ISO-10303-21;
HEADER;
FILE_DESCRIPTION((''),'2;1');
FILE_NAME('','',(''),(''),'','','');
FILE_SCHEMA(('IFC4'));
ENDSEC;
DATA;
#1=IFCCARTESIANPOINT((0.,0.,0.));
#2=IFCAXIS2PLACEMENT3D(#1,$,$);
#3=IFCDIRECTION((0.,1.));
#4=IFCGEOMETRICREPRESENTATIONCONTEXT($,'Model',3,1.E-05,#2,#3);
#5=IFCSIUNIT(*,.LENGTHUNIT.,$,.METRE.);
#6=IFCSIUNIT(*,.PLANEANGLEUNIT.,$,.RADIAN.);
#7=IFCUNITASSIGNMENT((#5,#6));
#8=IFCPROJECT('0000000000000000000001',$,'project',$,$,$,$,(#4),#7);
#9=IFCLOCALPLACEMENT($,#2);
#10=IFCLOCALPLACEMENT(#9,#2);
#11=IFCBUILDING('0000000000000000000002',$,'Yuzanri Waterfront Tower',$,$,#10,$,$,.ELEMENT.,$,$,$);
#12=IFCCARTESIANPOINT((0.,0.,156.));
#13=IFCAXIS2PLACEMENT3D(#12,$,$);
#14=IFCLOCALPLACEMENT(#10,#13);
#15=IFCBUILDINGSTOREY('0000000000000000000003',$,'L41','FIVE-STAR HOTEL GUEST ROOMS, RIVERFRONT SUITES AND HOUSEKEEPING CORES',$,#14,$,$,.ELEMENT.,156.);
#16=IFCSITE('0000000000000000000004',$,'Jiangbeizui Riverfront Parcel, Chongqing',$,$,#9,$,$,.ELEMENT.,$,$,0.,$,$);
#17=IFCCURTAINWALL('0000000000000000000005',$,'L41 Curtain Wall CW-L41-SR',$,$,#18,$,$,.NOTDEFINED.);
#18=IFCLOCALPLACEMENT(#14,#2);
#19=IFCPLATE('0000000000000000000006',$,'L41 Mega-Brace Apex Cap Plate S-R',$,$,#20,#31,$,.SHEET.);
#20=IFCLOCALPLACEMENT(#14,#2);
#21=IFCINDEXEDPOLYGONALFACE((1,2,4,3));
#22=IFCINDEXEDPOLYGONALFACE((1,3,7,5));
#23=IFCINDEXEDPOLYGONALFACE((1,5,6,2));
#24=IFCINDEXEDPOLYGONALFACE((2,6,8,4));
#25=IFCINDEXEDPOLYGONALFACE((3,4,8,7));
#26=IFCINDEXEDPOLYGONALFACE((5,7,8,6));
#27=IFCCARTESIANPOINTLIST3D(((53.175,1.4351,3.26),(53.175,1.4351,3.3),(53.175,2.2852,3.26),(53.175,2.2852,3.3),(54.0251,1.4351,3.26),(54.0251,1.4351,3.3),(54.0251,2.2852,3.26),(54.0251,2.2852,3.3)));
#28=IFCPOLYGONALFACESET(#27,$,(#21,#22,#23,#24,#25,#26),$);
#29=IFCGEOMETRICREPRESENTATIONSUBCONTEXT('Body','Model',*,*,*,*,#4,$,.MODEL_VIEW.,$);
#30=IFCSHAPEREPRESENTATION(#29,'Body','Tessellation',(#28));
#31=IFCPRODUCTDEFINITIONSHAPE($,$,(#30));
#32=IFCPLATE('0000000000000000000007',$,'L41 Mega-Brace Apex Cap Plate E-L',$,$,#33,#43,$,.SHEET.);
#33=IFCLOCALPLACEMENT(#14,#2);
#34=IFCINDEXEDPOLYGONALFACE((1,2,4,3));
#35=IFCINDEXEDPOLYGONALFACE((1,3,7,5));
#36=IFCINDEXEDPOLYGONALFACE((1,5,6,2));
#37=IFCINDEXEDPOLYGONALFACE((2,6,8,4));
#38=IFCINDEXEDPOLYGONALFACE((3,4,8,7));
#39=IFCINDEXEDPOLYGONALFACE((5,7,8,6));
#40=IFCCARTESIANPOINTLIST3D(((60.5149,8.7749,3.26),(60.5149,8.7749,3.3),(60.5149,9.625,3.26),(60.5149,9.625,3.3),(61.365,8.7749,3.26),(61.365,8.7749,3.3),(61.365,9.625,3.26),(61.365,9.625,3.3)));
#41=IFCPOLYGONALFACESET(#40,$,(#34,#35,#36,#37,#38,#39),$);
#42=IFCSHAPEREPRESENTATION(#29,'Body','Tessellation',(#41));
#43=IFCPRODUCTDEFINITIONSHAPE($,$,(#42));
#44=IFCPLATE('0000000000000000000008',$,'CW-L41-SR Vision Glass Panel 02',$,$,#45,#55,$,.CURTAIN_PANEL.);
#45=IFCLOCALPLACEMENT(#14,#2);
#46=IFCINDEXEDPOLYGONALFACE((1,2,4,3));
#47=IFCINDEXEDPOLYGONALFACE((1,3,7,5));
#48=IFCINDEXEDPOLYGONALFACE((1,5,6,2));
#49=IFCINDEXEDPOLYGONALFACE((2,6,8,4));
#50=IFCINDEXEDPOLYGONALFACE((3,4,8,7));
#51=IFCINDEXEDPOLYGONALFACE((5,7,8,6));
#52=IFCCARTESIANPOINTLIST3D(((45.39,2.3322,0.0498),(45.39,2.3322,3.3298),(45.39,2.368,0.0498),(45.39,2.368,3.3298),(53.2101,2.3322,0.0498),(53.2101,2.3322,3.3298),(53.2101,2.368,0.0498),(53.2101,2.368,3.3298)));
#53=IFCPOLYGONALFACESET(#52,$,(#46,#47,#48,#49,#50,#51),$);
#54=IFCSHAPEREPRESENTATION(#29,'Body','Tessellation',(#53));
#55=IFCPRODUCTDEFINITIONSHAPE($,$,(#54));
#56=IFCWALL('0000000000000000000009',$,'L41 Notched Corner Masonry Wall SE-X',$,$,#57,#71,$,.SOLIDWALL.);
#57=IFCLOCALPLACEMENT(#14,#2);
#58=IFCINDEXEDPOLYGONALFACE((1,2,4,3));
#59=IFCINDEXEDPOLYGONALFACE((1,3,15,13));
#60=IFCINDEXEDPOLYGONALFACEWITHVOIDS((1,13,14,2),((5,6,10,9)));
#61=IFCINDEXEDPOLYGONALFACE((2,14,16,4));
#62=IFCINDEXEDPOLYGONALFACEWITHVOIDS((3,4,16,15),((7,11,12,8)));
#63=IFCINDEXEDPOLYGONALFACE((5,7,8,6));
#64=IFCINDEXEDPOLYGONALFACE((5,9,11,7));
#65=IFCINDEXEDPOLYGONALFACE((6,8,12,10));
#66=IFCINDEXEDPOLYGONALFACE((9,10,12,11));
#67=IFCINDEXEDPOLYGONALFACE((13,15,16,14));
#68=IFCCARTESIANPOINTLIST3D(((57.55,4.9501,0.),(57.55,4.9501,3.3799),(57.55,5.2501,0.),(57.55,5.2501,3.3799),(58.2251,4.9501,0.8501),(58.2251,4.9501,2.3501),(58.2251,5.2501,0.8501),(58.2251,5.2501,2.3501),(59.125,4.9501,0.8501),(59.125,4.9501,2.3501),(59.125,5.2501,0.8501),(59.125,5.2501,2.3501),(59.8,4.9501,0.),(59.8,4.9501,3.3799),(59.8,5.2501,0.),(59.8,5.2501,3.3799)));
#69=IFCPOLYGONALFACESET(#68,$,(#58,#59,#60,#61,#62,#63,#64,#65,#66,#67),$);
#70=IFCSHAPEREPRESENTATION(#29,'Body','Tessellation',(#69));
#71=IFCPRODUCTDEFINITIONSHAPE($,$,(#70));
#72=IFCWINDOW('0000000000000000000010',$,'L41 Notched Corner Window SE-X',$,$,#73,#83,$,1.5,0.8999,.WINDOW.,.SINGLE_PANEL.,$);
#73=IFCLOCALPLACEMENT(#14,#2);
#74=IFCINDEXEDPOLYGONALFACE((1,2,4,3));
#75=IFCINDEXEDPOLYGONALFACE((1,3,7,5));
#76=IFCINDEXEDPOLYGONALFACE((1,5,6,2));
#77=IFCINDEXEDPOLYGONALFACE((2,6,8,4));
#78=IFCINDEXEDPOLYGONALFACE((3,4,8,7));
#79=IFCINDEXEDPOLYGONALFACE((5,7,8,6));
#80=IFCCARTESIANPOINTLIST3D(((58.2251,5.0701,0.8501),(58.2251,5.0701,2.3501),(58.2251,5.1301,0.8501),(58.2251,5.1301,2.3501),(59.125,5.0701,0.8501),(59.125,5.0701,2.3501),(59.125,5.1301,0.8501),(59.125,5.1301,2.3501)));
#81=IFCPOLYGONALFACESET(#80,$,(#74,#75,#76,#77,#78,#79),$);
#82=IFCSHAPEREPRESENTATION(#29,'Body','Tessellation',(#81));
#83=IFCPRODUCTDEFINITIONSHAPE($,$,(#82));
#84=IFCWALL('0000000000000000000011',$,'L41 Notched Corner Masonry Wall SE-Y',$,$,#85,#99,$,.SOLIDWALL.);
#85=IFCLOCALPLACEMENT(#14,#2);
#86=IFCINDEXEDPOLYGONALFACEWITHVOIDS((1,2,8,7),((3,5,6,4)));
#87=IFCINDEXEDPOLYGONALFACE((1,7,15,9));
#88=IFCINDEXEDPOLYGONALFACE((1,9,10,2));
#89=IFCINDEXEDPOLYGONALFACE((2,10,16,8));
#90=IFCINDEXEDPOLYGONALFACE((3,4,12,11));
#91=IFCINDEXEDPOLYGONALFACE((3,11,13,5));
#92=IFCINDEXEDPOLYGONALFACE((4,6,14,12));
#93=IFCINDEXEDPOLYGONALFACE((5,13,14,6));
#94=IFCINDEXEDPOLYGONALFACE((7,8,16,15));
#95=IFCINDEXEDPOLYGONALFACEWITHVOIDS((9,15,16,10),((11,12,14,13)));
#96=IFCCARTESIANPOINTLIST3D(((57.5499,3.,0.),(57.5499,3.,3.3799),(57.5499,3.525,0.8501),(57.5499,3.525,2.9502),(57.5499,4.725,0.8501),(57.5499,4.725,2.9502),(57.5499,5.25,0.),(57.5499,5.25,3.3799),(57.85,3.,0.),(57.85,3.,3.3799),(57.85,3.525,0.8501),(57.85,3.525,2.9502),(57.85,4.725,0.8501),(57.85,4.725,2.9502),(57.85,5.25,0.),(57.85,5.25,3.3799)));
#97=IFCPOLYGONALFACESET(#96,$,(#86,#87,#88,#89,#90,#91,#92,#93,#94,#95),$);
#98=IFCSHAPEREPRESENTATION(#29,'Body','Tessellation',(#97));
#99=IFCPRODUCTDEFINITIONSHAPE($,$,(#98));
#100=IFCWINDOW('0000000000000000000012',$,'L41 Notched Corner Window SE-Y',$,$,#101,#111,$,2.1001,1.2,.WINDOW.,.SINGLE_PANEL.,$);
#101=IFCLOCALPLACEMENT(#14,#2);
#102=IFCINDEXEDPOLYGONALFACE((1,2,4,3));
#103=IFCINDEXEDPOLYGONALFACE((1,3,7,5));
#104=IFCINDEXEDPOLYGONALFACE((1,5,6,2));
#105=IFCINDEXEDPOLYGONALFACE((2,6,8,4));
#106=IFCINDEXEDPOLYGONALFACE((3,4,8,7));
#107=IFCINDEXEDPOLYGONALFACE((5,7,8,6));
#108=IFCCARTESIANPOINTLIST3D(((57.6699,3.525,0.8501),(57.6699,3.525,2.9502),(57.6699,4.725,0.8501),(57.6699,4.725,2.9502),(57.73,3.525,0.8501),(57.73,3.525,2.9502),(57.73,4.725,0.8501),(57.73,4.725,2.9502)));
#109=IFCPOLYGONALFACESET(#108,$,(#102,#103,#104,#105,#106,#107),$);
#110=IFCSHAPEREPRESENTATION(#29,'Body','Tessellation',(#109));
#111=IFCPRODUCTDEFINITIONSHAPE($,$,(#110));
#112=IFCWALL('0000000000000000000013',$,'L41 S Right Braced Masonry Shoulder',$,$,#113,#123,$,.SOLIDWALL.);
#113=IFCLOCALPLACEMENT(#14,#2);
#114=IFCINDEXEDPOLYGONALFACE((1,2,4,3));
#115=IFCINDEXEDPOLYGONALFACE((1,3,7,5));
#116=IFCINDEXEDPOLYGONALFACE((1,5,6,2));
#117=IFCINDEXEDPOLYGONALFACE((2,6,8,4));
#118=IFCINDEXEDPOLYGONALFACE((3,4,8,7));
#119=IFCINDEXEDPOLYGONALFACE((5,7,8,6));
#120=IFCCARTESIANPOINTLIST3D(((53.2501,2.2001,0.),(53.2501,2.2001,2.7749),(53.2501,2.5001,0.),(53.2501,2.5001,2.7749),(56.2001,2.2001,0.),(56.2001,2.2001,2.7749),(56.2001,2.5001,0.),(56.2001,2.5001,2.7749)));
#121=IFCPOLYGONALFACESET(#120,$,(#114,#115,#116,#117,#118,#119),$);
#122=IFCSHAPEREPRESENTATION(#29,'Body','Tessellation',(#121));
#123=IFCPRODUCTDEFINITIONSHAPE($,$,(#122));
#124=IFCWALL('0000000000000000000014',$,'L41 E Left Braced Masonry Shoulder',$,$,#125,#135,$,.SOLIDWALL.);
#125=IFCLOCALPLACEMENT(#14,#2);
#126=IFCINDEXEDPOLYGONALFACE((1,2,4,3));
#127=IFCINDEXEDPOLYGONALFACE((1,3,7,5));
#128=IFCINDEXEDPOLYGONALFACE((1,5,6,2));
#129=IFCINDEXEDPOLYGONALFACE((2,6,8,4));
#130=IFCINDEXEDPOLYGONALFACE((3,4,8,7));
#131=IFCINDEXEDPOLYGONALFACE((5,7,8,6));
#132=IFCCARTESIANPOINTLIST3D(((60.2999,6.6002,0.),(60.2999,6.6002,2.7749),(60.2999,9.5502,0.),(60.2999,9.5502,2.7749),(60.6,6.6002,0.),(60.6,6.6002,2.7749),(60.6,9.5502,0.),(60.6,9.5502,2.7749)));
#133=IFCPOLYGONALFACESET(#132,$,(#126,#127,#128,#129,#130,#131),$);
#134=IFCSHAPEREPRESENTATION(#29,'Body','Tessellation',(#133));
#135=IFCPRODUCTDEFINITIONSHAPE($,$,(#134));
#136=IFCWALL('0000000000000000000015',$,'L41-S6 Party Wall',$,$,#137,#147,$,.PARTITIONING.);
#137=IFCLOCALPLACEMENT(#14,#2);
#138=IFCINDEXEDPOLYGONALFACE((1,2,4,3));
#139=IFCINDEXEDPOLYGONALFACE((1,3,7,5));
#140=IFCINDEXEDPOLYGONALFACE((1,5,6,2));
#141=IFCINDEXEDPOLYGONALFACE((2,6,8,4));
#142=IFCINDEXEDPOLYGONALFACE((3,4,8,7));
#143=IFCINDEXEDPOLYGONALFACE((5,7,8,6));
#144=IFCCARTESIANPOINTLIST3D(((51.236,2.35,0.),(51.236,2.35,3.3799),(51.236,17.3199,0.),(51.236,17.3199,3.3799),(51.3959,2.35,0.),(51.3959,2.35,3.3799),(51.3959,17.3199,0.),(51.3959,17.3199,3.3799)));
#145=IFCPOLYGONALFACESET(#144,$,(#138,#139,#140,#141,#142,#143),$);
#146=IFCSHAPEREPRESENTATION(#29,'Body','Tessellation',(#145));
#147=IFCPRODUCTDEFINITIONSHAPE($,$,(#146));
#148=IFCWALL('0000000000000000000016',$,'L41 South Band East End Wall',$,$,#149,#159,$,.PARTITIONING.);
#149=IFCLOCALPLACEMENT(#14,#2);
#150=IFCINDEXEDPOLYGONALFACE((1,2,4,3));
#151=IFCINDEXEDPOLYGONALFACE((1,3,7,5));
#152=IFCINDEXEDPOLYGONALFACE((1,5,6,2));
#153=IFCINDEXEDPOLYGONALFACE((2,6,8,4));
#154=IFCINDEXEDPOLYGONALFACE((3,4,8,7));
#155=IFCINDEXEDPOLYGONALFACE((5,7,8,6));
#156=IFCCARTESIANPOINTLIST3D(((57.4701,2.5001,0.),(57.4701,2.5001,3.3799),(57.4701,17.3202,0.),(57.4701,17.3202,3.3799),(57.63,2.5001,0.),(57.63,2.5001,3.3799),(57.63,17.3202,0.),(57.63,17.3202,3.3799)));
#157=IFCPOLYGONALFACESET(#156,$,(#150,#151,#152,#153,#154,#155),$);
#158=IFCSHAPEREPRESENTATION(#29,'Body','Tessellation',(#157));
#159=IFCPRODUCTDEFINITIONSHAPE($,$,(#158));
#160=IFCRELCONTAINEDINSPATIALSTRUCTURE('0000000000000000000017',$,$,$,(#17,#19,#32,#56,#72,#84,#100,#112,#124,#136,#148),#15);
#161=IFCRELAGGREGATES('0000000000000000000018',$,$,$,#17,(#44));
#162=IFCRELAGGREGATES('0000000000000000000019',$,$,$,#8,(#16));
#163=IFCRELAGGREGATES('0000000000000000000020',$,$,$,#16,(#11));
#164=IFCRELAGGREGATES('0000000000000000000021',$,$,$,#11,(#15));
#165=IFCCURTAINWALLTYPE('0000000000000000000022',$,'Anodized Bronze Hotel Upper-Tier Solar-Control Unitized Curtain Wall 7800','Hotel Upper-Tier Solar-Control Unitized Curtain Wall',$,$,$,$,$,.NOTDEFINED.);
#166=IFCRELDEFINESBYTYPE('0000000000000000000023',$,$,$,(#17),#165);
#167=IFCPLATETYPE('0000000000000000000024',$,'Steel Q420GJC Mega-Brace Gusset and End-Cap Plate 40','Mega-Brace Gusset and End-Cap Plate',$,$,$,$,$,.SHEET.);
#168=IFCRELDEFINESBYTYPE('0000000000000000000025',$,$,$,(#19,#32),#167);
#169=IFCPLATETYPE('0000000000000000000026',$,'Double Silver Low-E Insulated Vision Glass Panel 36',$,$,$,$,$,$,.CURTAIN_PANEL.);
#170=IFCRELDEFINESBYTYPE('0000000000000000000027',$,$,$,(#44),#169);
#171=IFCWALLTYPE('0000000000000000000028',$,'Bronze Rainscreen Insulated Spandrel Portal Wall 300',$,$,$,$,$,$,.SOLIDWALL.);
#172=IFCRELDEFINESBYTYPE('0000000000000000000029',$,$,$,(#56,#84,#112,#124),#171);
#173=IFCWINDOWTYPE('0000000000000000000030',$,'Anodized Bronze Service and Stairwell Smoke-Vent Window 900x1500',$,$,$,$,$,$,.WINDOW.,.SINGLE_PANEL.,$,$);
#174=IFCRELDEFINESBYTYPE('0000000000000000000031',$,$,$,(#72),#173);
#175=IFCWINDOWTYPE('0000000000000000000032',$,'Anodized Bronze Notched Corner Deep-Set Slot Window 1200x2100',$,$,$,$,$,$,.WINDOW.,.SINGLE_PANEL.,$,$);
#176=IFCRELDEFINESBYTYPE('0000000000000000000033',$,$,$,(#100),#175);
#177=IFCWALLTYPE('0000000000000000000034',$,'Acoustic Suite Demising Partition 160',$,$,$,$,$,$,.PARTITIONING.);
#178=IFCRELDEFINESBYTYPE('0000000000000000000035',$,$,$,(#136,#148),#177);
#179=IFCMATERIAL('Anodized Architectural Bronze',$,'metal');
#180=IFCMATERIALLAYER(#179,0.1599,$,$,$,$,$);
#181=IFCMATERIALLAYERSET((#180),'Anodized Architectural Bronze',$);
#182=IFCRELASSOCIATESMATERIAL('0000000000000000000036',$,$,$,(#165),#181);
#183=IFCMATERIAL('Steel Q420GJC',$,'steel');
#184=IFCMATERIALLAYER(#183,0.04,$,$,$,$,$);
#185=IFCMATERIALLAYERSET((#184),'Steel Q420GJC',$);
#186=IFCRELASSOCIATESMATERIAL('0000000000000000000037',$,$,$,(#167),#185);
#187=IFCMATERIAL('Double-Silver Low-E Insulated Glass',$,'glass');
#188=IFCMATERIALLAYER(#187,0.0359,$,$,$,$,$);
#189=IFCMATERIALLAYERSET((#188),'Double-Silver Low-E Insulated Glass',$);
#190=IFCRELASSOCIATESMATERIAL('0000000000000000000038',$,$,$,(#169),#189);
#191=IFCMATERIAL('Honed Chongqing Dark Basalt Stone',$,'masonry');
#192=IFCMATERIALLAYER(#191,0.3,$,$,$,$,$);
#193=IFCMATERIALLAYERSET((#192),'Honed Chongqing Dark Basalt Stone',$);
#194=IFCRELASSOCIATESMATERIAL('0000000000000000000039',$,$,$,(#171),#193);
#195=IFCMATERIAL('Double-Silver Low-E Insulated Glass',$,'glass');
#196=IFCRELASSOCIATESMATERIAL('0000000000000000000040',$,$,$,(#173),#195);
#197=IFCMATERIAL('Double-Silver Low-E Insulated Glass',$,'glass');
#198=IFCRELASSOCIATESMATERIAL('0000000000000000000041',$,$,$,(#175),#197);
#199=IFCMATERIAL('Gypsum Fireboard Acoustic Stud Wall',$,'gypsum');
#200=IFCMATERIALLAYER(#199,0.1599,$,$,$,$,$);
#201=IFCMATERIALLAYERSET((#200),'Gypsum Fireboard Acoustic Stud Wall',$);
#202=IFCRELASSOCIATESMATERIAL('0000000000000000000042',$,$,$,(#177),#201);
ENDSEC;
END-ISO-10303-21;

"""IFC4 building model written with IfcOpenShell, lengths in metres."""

from ifc_helpers import new_model, si_unit, direction, frame, frame_2d, origin, origin_2d, place, context, subcontext, project, spatial, rectangle, extrude, source, transform, mapped, material, layer, layer_set, type_object, element, fill, aggregate, save


model = new_model("IFC4")

# Units and contexts
model_context = context("Model", 3, precision=1e-05, world=origin(), true_north=direction((0.0, 1.0)))
body_context = subcontext(model_context, "Body", "Model", "MODEL_VIEW")
ifc_project = project(units=[si_unit("LENGTHUNIT", "METRE"), si_unit("PLANEANGLEUNIT", "RADIAN")], contexts=[model_context])

# Site, building, storey
site_placement = place(None, origin())
site = spatial("IfcSite", under=ifc_project, at=site_placement, Name="Jiangbeizui Riverfront Parcel, Chongqing", CompositionType="ELEMENT", RefElevation=0.0)
building_placement = place(site_placement, origin())
building = spatial("IfcBuilding", under=site, at=building_placement, Name="Yuzanri Waterfront Tower", CompositionType="ELEMENT")
storey_placement = place(building_placement, frame((0.0, 0.0, 156.0)))
storey = spatial("IfcBuildingStorey", under=building, at=storey_placement, Name="L41", Description="FIVE-STAR HOTEL GUEST ROOMS, RIVERFRONT SUITES AND HOUSEKEEPING CORES", CompositionType="ELEMENT", Elevation=156.0)

# Curtain wall
ifc_material_1 = material(Name="Anodized Architectural Bronze", Category="metal")
ifc_layer_1 = layer(ifc_material_1, 0.1599)
ifc_layer_set_1 = layer_set([ifc_layer_1], Name="Anodized Architectural Bronze")
curtain_wall_type = type_object("IfcCurtainWallType", Name="Anodized Bronze Hotel Upper-Tier Solar-Control Unitized Curtain Wall 7800", Description="Hotel Upper-Tier Solar-Control Unitized Curtain Wall", PredefinedType="NOTDEFINED", material=ifc_layer_set_1)
curtain_wall_1_placement = place(storey_placement, origin())
curtain_wall_1 = element("IfcCurtainWall", 1, at=curtain_wall_1_placement, inside=storey, type_object=curtain_wall_type, Name="L41 Curtain Wall CW-L41-SR", PredefinedType="NOTDEFINED")

# Plates
ifc_material_2 = material(Name="Steel Q420GJC", Category="steel")
ifc_layer_2 = layer(ifc_material_2, 0.04)
ifc_layer_set_2 = layer_set([ifc_layer_2], Name="Steel Q420GJC")
plate_type_1 = type_object("IfcPlateType", Name="Steel Q420GJC Mega-Brace Gusset and End-Cap Plate 40", Description="Mega-Brace Gusset and End-Cap Plate", PredefinedType="SHEET", material=ifc_layer_set_2)
shared_shape_1 = source(origin(), body_context, "Body", "SweptSolid", [
    extrude(rectangle(XDim=0.8501, YDim=0.8501, at=origin_2d()), origin(), (0.0, 0.0, 1.0), 0.04),
])
for number, where, z_axis, x_axis, name in (
    (2, (53.6001, 1.8601, 3.26), (0.0, 0.0, 1.0), (1.0, 0.0, 0.0), "L41 Mega-Brace Apex Cap Plate S-R"),
    (3, (60.9399, 9.2, 3.26), (0.0, 0.0, 1.0), (1.0, 0.0, 0.0), "L41 Mega-Brace Apex Cap Plate E-L"),
):
    element("IfcPlate", number, at=place(storey_placement, frame(where, z_axis=z_axis, x_axis=x_axis)), inside=storey, type_object=plate_type_1, Name=name, PredefinedType="SHEET", context=body_context, shape_type="MappedRepresentation", body=[
        mapped(shared_shape_1, transform((0.0, 0.0, 0.0), scale=1.0)),
    ])

# Plate
ifc_material_3 = material(Name="Double-Silver Low-E Insulated Glass", Category="glass")
ifc_layer_3 = layer(ifc_material_3, 0.0359)
ifc_layer_set_3 = layer_set([ifc_layer_3], Name="Double-Silver Low-E Insulated Glass")
plate_type_2 = type_object("IfcPlateType", Name="Double Silver Low-E Insulated Vision Glass Panel 36", PredefinedType="CURTAIN_PANEL", material=ifc_layer_set_3)
shared_shape_2 = source(origin(), body_context, "Body", "SweptSolid", [
    extrude(rectangle(XDim=7.8201, YDim=0.0359, at=origin_2d()), origin(), (0.0, 0.0, 1.0), 3.28),
])
plate_placement = place(storey_placement, frame((49.3, 2.3501, 0.0498), z_axis=(0.0, 0.0, 1.0), x_axis=(1.0, 0.0, 0.0)))
plate = element("IfcPlate", 4, at=plate_placement, type_object=plate_type_2, Name="CW-L41-SR Vision Glass Panel 02", PredefinedType="CURTAIN_PANEL", context=body_context, shape_type="MappedRepresentation", body=[
    mapped(shared_shape_2, transform((0.0, 0.0, 0.0), scale=1.0)),
])
aggregate(curtain_wall_1, [plate])

# Walls, openings, windows
ifc_material_4 = material(Name="Honed Chongqing Dark Basalt Stone", Category="masonry")
ifc_layer_4 = layer(ifc_material_4, 0.3)
ifc_layer_set_4 = layer_set([ifc_layer_4], Name="Honed Chongqing Dark Basalt Stone")
wall_type_1 = type_object("IfcWallType", Name="Bronze Rainscreen Insulated Spandrel Portal Wall 300", PredefinedType="SOLIDWALL", material=ifc_layer_set_4)
wall_1_placement = place(storey_placement, frame((57.55, 5.1001, 0.0), z_axis=(0.0, 0.0, 1.0), x_axis=(1.0, 0.0, 0.0)))
wall_1 = element("IfcWall", 5, at=wall_1_placement, inside=storey, type_object=wall_type_1, Name="L41 Notched Corner Masonry Wall SE-X", PredefinedType="SOLIDWALL", context=body_context, shape_type="SweptSolid", body=[
    extrude(rectangle(XDim=2.25, YDim=0.3, at=frame_2d((1.125, 0.0))), origin(), (0.0, 0.0, 1.0), 3.3799),
])
opening_1_placement = place(wall_1_placement, frame((0.675, 0.0, 0.8501)))
opening_1 = element("IfcOpeningElement", 6, at=opening_1_placement, cuts=wall_1, PredefinedType="OPENING", context=body_context, shape_type="SweptSolid", body=[
    extrude(rectangle(XDim=0.8999, YDim=1.5, at=frame_2d((0.45, 0.75))), frame((0.0, 0.165, 0.0), z_axis=(0.0, -1.0, 0.0), x_axis=(1.0, 0.0, 0.0)), (0.0, 0.0, 1.0), 0.3298),
])
ifc_material_5 = material(Name="Double-Silver Low-E Insulated Glass", Category="glass")
window_type_1 = type_object("IfcWindowType", Name="Anodized Bronze Service and Stairwell Smoke-Vent Window 900x1500", PartitioningType="SINGLE_PANEL", PredefinedType="WINDOW", material=ifc_material_5)
shared_shape_3 = source(origin(), body_context, "Body", "SweptSolid", [
    extrude(rectangle(XDim=0.8999, YDim=1.5, at=frame_2d((0.45, 0.75))), frame((0.0, 0.03, 0.0), z_axis=(0.0, -1.0, 0.0), x_axis=(1.0, 0.0, 0.0)), (0.0, 0.0, 1.0), 0.0601),
])
window_1_placement = place(opening_1_placement, origin())
window_1 = element("IfcWindow", 7, at=window_1_placement, inside=storey, type_object=window_type_1, Name="L41 Notched Corner Window SE-X", OverallHeight=1.5, OverallWidth=0.8999, PartitioningType="SINGLE_PANEL", PredefinedType="WINDOW", context=body_context, shape_type="MappedRepresentation", body=[
    mapped(shared_shape_3, transform((0.0, 0.0, 0.0), scale=1.0)),
])
fill(opening_1, window_1)
wall_2_placement = place(storey_placement, frame((57.7, 3.0, 0.0), z_axis=(0.0, 0.0, 1.0), x_axis=(0.0, 1.0, 0.0)))
wall_2 = element("IfcWall", 8, at=wall_2_placement, inside=storey, type_object=wall_type_1, Name="L41 Notched Corner Masonry Wall SE-Y", PredefinedType="SOLIDWALL", context=body_context, shape_type="SweptSolid", body=[
    extrude(rectangle(XDim=2.25, YDim=0.3, at=frame_2d((1.125, 0.0))), origin(), (0.0, 0.0, 1.0), 3.3799),
])
opening_2_placement = place(wall_2_placement, frame((0.5249, 0.0, 0.8501)))
opening_2 = element("IfcOpeningElement", 9, at=opening_2_placement, cuts=wall_2, PredefinedType="OPENING", context=body_context, shape_type="SweptSolid", body=[
    extrude(rectangle(XDim=1.2, YDim=2.1001, at=frame_2d((0.6001, 1.05))), frame((0.0, 0.165, 0.0), z_axis=(0.0, -1.0, 0.0), x_axis=(1.0, 0.0, 0.0)), (0.0, 0.0, 1.0), 0.3298),
])
ifc_material_6 = material(Name="Double-Silver Low-E Insulated Glass", Category="glass")
window_type_2 = type_object("IfcWindowType", Name="Anodized Bronze Notched Corner Deep-Set Slot Window 1200x2100", PartitioningType="SINGLE_PANEL", PredefinedType="WINDOW", material=ifc_material_6)
shared_shape_4 = source(origin(), body_context, "Body", "SweptSolid", [
    extrude(rectangle(XDim=1.2, YDim=2.1001, at=frame_2d((0.6001, 1.05))), frame((0.0, 0.03, 0.0), z_axis=(0.0, -1.0, 0.0), x_axis=(1.0, 0.0, 0.0)), (0.0, 0.0, 1.0), 0.0601),
])
window_2_placement = place(opening_2_placement, origin())
window_2 = element("IfcWindow", 10, at=window_2_placement, inside=storey, type_object=window_type_2, Name="L41 Notched Corner Window SE-Y", OverallHeight=2.1001, OverallWidth=1.2, PartitioningType="SINGLE_PANEL", PredefinedType="WINDOW", context=body_context, shape_type="MappedRepresentation", body=[
    mapped(shared_shape_4, transform((0.0, 0.0, 0.0), scale=1.0)),
])
fill(opening_2, window_2)

# Walls
shared_shape_5 = source(origin(), body_context, "Body", "SweptSolid", [
    extrude(rectangle(XDim=2.95, YDim=0.3, at=frame_2d((1.4751, 0.0))), origin(), (0.0, 0.0, 1.0), 2.7749),
])
for number, where, z_axis, x_axis, name in (
    (11, (53.25, 2.3501, 0.0), (0.0, 0.0, 1.0), (1.0, 0.0, 0.0), "L41 S Right Braced Masonry Shoulder"),
    (12, (60.45, 6.6001, 0.0), (0.0, 0.0, 1.0), (0.0, 1.0, 0.0), "L41 E Left Braced Masonry Shoulder"),
):
    element("IfcWall", number, at=place(storey_placement, frame(where, z_axis=z_axis, x_axis=x_axis)), inside=storey, type_object=wall_type_1, Name=name, PredefinedType="SOLIDWALL", context=body_context, shape_type="MappedRepresentation", body=[
        mapped(shared_shape_5, transform((0.0, 0.0, 0.0), scale=1.0)),
    ])
ifc_material_7 = material(Name="Gypsum Fireboard Acoustic Stud Wall", Category="gypsum")
ifc_layer_5 = layer(ifc_material_7, 0.1599)
ifc_layer_set_5 = layer_set([ifc_layer_5], Name="Gypsum Fireboard Acoustic Stud Wall")
wall_type_2 = type_object("IfcWallType", Name="Acoustic Suite Demising Partition 160", PredefinedType="PARTITIONING", material=ifc_layer_set_5)
shared_shape_6 = source(origin(), body_context, "Body", "SweptSolid", [
    extrude(rectangle(XDim=14.97, YDim=0.1599, at=frame_2d((7.4849, 0.0))), origin(), (0.0, 0.0, 1.0), 3.3799),
])
wall_3_placement = place(storey_placement, frame((51.3159, 2.3501, 0.0), z_axis=(0.0, 0.0, 1.0), x_axis=(0.0, 1.0, 0.0)))
element("IfcWall", 13, at=wall_3_placement, inside=storey, type_object=wall_type_2, Name="L41-S6 Party Wall", PredefinedType="PARTITIONING", context=body_context, shape_type="MappedRepresentation", body=[
    mapped(shared_shape_6, transform((0.0, 0.0, 0.0), scale=1.0)),
])
shared_shape_7 = source(origin(), body_context, "Body", "SweptSolid", [
    extrude(rectangle(XDim=14.8201, YDim=0.1599, at=frame_2d((7.4102, 0.0))), origin(), (0.0, 0.0, 1.0), 3.3799),
])
wall_4_placement = place(storey_placement, frame((57.55, 2.5, 0.0), z_axis=(0.0, 0.0, 1.0), x_axis=(0.0, 1.0, 0.0)))
element("IfcWall", 14, at=wall_4_placement, inside=storey, type_object=wall_type_2, Name="L41 South Band East End Wall", PredefinedType="PARTITIONING", context=body_context, shape_type="MappedRepresentation", body=[
    mapped(shared_shape_7, transform((0.0, 0.0, 0.0), scale=1.0)),
])

save(model, "model.ifc")
